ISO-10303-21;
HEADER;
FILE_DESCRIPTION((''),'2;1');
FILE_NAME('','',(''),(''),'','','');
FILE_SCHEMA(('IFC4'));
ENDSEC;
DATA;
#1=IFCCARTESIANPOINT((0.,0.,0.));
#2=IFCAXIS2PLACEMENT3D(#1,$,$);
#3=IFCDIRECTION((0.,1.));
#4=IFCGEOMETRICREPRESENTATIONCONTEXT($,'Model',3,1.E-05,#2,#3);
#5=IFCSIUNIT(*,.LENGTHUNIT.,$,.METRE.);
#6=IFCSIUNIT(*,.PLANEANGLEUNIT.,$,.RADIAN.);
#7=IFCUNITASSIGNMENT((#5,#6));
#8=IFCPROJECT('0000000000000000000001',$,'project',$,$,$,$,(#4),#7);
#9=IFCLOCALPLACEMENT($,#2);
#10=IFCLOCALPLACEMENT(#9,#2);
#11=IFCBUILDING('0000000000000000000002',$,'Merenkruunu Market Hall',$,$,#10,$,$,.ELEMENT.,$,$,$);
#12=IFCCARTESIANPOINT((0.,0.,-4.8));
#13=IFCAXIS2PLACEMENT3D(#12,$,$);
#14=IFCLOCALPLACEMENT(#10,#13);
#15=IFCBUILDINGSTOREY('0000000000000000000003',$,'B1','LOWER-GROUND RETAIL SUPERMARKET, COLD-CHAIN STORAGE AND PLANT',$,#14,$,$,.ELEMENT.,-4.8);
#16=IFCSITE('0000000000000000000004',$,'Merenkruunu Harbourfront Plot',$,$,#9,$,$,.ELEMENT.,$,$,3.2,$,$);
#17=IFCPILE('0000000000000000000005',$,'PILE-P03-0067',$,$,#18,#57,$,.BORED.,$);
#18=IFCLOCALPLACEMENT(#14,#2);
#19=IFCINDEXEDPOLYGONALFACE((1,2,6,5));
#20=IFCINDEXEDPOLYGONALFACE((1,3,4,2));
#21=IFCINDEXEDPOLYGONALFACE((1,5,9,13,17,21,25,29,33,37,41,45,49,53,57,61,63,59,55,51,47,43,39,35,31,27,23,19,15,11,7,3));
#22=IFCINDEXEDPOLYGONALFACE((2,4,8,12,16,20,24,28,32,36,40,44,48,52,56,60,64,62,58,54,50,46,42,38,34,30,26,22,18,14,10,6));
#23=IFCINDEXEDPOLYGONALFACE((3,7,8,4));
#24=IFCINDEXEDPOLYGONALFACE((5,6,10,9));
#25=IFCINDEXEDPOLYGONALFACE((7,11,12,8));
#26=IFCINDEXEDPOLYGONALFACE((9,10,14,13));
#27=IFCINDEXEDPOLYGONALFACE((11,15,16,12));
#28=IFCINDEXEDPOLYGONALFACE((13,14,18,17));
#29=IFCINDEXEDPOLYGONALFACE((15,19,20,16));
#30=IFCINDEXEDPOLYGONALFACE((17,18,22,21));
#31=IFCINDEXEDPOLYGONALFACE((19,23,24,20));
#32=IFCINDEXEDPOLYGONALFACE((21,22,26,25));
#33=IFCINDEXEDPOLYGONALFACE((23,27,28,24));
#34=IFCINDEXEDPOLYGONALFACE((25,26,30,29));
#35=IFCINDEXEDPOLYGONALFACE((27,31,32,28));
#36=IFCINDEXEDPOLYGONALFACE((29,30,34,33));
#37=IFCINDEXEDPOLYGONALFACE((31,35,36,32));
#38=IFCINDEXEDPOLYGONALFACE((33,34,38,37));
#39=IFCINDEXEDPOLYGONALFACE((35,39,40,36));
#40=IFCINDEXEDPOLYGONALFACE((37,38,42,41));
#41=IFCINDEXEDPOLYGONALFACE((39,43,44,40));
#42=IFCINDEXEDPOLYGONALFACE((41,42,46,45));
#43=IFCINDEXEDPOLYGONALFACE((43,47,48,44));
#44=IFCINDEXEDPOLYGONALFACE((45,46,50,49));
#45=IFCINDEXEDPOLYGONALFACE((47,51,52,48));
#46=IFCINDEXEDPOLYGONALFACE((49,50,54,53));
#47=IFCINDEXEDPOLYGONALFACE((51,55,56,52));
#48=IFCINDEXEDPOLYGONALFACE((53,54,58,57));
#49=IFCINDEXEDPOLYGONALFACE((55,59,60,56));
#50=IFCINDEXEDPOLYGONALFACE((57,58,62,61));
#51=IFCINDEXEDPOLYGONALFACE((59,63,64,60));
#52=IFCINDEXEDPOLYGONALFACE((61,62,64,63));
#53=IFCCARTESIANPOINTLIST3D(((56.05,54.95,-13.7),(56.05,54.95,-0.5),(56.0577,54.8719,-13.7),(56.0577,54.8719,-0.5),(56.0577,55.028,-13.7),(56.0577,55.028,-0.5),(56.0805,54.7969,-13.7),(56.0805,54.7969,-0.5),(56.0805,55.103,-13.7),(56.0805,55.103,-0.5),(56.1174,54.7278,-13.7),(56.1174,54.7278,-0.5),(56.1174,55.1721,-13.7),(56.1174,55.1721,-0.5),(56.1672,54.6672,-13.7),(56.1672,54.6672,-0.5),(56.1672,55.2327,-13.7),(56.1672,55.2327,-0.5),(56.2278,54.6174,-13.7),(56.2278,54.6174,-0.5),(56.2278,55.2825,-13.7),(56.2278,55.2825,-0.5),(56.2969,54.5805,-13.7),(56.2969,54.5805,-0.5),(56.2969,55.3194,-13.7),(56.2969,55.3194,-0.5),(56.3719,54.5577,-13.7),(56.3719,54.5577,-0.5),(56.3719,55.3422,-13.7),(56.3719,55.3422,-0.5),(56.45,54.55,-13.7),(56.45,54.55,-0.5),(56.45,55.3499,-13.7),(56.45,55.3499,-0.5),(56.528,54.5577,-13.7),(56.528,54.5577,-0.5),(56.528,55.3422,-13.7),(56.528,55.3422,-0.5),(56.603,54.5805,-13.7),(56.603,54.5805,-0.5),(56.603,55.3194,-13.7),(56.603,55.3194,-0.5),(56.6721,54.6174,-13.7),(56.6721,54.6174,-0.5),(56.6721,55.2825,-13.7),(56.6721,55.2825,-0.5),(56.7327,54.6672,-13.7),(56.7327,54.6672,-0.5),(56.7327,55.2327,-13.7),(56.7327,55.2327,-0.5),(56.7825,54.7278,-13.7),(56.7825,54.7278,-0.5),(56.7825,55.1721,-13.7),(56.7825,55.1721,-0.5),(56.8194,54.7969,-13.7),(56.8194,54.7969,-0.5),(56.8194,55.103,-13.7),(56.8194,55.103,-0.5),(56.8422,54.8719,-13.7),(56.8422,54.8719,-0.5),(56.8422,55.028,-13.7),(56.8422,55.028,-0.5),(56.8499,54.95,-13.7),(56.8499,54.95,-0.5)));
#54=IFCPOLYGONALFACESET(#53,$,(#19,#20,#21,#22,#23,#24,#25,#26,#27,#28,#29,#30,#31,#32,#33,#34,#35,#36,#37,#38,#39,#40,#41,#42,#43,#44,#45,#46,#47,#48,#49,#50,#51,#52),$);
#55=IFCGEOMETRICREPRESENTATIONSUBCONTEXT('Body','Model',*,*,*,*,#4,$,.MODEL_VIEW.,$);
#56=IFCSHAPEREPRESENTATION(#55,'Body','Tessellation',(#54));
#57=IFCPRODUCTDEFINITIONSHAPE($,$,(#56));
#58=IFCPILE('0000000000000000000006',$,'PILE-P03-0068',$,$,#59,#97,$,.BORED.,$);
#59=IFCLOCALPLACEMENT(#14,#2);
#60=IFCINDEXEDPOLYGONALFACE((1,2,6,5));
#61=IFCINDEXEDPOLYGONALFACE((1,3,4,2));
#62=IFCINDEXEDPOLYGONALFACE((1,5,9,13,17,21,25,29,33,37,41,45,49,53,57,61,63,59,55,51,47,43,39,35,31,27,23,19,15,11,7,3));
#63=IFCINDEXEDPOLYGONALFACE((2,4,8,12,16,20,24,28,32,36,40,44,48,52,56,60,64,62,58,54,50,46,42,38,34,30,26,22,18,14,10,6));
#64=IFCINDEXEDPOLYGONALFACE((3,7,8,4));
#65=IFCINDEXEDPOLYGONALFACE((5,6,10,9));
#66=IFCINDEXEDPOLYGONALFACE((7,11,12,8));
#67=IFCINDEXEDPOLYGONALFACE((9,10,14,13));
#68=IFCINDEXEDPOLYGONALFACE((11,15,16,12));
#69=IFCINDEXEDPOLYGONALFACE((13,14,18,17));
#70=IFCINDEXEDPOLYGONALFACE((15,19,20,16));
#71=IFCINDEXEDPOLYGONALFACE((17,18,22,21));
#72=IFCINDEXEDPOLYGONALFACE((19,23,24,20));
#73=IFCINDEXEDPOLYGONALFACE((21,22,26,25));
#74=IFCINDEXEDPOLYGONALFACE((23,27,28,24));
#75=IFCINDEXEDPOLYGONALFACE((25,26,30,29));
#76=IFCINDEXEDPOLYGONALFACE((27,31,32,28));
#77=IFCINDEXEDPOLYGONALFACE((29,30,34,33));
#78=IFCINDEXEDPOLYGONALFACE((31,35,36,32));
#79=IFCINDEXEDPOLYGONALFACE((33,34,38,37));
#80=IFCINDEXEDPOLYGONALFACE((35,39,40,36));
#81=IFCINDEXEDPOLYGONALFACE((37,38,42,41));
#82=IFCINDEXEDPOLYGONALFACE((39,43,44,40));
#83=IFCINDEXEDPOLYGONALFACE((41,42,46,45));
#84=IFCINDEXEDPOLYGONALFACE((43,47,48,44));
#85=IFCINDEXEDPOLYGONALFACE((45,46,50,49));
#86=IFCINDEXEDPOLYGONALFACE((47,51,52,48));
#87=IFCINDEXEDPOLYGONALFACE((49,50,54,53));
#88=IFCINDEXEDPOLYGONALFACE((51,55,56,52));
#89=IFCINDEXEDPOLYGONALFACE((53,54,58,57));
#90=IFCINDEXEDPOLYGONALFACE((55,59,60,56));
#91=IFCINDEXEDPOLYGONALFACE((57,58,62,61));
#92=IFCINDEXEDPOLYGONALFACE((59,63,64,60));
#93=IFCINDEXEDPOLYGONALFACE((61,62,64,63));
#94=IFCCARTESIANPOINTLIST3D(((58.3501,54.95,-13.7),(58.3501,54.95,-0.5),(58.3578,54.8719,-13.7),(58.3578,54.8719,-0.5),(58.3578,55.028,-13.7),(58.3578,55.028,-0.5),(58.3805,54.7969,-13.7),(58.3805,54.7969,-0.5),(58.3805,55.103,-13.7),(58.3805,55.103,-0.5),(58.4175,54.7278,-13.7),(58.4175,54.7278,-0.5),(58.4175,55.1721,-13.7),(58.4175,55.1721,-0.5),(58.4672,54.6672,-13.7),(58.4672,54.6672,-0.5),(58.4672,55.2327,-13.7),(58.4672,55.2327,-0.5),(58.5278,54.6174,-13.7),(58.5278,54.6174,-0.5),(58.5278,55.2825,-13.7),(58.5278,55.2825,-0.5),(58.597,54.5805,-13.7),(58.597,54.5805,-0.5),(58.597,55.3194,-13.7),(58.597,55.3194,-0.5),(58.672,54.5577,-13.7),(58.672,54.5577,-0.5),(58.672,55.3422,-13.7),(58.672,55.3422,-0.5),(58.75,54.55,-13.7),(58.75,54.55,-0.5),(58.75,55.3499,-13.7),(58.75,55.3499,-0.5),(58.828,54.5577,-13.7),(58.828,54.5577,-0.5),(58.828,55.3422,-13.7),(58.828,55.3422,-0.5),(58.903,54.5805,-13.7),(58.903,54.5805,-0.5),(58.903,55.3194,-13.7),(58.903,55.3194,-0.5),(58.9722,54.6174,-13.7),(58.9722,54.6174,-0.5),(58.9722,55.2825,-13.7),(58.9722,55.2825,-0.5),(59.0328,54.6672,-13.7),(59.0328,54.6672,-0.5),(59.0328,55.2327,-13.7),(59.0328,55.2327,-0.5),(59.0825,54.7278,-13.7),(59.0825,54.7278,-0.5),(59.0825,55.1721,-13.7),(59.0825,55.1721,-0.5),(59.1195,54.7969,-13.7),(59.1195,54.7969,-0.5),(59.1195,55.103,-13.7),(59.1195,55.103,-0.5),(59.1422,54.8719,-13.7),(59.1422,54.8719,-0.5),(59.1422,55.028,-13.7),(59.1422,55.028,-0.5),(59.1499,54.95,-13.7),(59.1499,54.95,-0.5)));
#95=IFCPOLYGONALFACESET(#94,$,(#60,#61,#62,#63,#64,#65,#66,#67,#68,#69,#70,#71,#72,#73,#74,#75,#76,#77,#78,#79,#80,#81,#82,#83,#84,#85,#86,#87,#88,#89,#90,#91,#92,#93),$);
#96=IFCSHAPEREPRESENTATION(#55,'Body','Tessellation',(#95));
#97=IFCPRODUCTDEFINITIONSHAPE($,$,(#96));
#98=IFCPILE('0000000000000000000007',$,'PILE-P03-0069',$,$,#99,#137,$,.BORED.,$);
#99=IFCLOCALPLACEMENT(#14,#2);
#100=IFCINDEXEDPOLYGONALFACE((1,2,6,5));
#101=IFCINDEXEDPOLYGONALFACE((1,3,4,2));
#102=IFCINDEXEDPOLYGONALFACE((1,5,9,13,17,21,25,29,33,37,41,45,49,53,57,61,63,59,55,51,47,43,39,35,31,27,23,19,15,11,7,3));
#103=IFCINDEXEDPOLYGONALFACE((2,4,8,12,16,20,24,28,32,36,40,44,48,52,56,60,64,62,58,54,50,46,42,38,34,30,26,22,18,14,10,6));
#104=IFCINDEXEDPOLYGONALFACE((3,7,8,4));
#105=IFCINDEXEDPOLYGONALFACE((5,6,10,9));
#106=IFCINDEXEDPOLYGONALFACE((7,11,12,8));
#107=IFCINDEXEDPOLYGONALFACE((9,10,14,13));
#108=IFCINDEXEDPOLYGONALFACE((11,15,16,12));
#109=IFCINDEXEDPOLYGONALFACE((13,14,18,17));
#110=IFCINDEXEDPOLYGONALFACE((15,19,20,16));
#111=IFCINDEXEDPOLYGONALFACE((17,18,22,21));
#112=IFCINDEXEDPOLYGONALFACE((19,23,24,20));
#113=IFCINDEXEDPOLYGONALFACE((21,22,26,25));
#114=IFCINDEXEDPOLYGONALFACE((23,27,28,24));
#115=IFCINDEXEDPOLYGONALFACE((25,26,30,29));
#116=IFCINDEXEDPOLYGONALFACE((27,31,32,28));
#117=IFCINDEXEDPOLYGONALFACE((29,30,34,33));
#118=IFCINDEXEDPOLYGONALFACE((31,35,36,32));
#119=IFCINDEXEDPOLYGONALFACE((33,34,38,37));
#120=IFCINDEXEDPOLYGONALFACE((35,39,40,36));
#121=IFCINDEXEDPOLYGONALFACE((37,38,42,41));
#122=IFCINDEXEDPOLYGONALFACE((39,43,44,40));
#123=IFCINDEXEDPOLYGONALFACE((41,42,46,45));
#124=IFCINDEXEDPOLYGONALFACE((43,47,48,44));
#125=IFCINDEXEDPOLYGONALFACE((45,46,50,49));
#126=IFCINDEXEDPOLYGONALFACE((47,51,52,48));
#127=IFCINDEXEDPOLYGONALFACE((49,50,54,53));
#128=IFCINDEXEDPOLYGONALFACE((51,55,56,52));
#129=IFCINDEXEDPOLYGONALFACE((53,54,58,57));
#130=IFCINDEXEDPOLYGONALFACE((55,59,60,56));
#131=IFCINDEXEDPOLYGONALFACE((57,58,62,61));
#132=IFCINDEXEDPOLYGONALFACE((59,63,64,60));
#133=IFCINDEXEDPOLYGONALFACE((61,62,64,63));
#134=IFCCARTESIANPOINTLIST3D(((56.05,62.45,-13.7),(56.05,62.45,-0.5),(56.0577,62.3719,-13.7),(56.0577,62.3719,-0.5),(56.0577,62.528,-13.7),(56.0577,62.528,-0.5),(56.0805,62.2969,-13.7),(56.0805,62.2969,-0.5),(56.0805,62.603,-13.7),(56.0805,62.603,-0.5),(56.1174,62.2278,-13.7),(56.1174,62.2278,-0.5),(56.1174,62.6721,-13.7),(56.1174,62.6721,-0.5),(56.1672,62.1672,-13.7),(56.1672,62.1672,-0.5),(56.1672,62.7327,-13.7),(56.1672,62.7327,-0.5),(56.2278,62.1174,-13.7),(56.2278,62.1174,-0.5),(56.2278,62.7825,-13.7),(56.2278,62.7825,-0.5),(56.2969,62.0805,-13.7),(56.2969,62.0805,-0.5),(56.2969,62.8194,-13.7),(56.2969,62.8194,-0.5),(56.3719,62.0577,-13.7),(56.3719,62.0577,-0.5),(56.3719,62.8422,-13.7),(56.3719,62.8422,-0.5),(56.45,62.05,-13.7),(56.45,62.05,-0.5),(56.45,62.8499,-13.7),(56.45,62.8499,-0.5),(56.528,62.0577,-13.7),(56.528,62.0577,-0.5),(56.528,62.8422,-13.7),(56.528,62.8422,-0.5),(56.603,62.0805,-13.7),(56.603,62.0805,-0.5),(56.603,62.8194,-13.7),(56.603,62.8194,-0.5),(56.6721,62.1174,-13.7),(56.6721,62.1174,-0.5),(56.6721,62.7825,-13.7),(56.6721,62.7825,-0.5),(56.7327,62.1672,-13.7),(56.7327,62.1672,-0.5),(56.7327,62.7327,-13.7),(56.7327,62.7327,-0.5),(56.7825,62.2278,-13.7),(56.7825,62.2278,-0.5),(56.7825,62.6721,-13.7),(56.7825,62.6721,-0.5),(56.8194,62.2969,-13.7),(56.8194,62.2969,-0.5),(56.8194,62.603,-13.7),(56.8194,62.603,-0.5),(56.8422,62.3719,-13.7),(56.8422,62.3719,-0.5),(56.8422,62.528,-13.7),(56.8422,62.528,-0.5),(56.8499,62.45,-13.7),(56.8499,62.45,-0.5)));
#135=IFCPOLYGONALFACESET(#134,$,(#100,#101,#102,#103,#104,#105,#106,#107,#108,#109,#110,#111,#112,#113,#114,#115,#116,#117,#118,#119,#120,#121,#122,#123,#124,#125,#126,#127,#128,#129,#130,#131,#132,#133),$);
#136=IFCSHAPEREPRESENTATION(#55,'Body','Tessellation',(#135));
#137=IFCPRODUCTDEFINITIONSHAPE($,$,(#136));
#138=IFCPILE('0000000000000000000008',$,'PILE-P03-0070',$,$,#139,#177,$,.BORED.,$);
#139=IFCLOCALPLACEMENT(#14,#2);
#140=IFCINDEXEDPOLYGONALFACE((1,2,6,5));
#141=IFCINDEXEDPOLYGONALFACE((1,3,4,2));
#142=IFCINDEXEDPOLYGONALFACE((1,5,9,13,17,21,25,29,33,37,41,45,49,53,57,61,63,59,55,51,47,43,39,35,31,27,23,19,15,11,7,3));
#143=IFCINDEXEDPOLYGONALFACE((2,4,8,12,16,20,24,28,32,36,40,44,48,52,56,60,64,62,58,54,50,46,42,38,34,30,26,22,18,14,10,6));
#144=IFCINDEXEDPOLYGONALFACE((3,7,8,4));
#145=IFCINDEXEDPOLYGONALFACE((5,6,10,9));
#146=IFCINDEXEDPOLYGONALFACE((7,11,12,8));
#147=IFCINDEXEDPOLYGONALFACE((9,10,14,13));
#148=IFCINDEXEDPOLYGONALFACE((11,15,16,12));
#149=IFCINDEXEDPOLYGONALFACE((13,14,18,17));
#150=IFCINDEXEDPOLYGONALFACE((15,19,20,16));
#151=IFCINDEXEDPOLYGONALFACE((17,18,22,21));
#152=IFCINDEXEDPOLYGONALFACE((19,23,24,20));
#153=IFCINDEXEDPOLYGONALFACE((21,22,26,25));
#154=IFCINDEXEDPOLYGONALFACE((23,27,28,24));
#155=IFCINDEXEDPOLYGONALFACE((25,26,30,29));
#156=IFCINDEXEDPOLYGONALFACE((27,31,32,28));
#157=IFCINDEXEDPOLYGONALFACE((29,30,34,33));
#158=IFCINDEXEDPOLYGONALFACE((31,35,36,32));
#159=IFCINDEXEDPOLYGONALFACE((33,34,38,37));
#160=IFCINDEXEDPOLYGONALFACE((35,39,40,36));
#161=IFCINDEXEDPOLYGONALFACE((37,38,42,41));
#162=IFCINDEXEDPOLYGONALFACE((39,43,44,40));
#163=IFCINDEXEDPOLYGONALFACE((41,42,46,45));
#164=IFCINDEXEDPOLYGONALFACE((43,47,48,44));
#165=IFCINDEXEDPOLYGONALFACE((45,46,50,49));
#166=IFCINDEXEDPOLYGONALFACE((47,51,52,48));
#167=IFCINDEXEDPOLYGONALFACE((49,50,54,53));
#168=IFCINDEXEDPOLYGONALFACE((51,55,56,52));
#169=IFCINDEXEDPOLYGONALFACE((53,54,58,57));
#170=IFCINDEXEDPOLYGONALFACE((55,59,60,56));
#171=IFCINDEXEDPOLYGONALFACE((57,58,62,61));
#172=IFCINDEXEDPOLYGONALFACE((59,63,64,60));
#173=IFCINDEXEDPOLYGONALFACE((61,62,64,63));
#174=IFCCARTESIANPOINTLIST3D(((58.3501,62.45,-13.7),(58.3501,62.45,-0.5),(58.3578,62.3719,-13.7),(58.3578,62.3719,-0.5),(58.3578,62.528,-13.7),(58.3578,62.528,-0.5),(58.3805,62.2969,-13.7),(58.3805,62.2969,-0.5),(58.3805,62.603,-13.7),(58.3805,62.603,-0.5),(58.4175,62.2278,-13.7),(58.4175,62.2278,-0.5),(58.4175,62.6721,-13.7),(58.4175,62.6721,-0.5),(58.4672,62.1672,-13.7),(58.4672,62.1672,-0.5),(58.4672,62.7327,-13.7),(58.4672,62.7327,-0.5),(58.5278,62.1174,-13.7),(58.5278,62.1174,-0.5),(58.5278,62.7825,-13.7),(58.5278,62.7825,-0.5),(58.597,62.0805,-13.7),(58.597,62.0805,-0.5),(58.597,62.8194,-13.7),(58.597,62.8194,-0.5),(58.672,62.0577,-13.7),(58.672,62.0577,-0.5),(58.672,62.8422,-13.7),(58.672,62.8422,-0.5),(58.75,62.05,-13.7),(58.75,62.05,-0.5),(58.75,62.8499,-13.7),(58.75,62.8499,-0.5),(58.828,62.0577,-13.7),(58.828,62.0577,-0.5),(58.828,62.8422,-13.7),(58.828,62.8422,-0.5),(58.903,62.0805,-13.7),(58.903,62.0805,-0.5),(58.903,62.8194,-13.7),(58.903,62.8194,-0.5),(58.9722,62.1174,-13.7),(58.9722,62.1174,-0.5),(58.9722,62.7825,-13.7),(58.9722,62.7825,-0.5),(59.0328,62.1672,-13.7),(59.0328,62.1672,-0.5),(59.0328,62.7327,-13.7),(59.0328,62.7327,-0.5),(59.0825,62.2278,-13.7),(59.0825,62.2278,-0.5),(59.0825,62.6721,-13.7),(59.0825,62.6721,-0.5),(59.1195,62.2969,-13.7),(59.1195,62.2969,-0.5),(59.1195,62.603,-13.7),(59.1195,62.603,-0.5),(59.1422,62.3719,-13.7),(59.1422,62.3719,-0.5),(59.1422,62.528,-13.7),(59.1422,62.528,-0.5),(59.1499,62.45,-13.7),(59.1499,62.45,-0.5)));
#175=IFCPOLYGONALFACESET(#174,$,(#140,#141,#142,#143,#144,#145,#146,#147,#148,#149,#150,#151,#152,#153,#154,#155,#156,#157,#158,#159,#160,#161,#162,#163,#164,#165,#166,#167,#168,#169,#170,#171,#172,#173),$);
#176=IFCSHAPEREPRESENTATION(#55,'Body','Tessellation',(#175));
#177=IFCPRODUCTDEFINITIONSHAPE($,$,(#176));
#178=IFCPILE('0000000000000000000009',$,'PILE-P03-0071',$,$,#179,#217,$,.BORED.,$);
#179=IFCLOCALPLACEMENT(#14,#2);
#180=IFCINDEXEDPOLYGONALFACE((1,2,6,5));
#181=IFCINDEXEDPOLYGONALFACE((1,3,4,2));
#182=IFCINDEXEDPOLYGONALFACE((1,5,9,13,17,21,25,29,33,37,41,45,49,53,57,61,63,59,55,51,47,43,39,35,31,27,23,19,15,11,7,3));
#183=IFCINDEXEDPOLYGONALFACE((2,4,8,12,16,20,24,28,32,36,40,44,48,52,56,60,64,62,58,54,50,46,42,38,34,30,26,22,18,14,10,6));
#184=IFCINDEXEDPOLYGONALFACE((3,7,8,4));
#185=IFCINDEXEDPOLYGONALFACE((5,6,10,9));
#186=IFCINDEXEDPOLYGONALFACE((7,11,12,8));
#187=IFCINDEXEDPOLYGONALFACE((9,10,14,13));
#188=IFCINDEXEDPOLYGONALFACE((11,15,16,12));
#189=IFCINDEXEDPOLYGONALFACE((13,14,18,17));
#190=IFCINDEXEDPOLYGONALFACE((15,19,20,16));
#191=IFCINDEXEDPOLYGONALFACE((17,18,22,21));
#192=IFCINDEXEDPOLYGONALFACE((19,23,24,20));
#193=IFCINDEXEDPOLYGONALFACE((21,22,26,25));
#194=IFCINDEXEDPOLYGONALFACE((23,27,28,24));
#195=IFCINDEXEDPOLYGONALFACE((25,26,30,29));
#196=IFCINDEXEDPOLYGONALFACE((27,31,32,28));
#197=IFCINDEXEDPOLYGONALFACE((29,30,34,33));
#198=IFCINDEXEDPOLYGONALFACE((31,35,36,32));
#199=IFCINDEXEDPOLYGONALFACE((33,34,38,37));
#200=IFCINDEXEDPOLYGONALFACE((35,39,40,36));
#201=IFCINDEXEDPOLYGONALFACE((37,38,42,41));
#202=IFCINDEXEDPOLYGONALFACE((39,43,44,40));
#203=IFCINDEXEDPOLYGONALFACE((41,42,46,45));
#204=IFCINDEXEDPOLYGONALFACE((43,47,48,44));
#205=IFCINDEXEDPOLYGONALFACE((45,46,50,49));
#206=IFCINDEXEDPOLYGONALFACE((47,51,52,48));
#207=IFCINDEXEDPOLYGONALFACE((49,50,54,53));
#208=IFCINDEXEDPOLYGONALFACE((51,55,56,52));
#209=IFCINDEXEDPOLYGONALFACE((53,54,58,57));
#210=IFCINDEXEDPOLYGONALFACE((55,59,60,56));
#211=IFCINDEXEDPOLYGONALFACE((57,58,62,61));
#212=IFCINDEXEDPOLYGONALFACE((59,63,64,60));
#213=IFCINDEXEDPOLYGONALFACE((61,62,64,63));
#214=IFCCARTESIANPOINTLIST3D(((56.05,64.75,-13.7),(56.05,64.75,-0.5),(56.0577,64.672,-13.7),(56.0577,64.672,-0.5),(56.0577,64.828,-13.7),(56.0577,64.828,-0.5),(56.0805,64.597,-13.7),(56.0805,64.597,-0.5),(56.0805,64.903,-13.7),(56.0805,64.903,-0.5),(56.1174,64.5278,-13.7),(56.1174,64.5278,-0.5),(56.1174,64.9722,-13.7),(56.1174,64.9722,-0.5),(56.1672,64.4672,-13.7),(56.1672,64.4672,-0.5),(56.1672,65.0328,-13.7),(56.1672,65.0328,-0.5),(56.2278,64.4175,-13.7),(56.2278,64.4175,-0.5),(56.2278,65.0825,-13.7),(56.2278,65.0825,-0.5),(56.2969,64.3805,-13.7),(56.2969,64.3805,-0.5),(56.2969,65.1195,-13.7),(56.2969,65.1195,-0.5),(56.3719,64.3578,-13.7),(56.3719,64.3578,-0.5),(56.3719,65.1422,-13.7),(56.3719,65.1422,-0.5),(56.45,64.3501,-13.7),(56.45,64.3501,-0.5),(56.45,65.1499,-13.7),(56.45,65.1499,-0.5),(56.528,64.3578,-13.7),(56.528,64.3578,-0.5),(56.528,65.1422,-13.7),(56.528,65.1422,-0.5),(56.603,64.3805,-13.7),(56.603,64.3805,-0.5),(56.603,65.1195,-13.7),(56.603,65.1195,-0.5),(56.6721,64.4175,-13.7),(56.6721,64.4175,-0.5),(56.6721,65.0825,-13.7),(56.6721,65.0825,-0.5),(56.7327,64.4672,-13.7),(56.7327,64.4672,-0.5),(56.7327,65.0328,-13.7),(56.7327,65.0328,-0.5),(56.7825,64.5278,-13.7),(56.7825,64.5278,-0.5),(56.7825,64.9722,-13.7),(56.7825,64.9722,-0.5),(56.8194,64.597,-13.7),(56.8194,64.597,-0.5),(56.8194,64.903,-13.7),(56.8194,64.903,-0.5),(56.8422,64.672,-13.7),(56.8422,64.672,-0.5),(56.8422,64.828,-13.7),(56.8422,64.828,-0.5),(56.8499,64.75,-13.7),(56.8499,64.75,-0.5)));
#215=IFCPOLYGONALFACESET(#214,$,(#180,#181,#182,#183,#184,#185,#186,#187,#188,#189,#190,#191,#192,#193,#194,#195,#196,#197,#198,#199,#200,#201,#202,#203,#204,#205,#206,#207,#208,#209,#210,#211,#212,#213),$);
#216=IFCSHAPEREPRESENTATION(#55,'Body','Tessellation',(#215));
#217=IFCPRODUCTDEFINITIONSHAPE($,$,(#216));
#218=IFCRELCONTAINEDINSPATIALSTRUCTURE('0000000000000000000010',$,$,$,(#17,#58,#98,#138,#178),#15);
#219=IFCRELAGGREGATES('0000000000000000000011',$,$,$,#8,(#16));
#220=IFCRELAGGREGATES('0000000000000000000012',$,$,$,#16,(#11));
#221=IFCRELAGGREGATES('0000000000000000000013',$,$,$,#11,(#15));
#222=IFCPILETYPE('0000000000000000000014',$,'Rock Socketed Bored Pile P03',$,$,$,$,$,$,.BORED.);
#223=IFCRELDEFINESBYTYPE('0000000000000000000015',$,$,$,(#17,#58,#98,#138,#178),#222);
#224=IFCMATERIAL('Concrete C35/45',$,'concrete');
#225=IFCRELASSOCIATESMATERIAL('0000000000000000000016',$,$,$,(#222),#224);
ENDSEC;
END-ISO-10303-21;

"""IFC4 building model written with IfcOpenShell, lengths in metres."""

from ifc_helpers import new_model, si_unit, direction, frame, origin, origin_2d, place, context, subcontext, project, spatial, circle, extrude, material, material_profile, profile_set, type_object, element, save


model = new_model("IFC4")

# Units and contexts
model_context = context("Model", 3, precision=1e-05, world=origin(), true_north=direction((0.0, 1.0)))
body_context = subcontext(model_context, "Body", "Model", "MODEL_VIEW")
ifc_project = project(units=[si_unit("LENGTHUNIT", "METRE"), si_unit("PLANEANGLEUNIT", "RADIAN")], contexts=[model_context])

# Site, building, storey
site_placement = place(None, origin())
site = spatial("IfcSite", under=ifc_project, at=site_placement, Name="Merenkruunu Harbourfront Plot", CompositionType="ELEMENT", RefElevation=3.2)
building_placement = place(site_placement, origin())
building = spatial("IfcBuilding", under=site, at=building_placement, Name="Merenkruunu Market Hall", CompositionType="ELEMENT")
storey_placement = place(building_placement, frame((0.0, 0.0, -4.8)))
storey = spatial("IfcBuildingStorey", under=building, at=storey_placement, Name="B1", Description="LOWER-GROUND RETAIL SUPERMARKET, COLD-CHAIN STORAGE AND PLANT", CompositionType="ELEMENT", Elevation=-4.8)

# Piles
ifc_material_1 = material(Name="Concrete C35/45", Category="concrete")
ifc_material_profile_1 = material_profile(ifc_material_1, circle(Radius=0.3999, at=origin_2d()), Name="BORED PILE 800")
ifc_profile_set_1 = profile_set([ifc_material_profile_1], Name="Concrete C35/45")
pile_type_1 = type_object("IfcPileType", Name="Rock Socketed Bored Pile P03", PredefinedType="BORED", material=ifc_profile_set_1)
for number, where, z_axis, x_axis, name in (
    (1, (56.45, 54.95, -0.5), (0.0, 0.0, -1.0), (1.0, 0.0, 0.0), "PILE-P03-0067"),
    (2, (58.75, 54.95, -0.5), (0.0, 0.0, -1.0), (1.0, 0.0, 0.0), "PILE-P03-0068"),
    (3, (56.45, 62.45, -0.5), (0.0, 0.0, -1.0), (1.0, 0.0, 0.0), "PILE-P03-0069"),
    (4, (58.75, 62.45, -0.5), (0.0, 0.0, -1.0), (1.0, 0.0, 0.0), "PILE-P03-0070"),
    (5, (56.45, 64.75, -0.5), (0.0, 0.0, -1.0), (1.0, 0.0, 0.0), "PILE-P03-0071"),
):
    element("IfcPile", number, at=place(storey_placement, frame(where, z_axis=z_axis, x_axis=x_axis)), inside=storey, type_object=pile_type_1, Name=name, PredefinedType="BORED", context=body_context, shape_type="SweptSolid", body=[
        extrude(circle(Radius=0.3999, at=origin_2d()), origin(), (0.0, 0.0, 1.0), 13.2),
    ])

save(model, "model.ifc")
